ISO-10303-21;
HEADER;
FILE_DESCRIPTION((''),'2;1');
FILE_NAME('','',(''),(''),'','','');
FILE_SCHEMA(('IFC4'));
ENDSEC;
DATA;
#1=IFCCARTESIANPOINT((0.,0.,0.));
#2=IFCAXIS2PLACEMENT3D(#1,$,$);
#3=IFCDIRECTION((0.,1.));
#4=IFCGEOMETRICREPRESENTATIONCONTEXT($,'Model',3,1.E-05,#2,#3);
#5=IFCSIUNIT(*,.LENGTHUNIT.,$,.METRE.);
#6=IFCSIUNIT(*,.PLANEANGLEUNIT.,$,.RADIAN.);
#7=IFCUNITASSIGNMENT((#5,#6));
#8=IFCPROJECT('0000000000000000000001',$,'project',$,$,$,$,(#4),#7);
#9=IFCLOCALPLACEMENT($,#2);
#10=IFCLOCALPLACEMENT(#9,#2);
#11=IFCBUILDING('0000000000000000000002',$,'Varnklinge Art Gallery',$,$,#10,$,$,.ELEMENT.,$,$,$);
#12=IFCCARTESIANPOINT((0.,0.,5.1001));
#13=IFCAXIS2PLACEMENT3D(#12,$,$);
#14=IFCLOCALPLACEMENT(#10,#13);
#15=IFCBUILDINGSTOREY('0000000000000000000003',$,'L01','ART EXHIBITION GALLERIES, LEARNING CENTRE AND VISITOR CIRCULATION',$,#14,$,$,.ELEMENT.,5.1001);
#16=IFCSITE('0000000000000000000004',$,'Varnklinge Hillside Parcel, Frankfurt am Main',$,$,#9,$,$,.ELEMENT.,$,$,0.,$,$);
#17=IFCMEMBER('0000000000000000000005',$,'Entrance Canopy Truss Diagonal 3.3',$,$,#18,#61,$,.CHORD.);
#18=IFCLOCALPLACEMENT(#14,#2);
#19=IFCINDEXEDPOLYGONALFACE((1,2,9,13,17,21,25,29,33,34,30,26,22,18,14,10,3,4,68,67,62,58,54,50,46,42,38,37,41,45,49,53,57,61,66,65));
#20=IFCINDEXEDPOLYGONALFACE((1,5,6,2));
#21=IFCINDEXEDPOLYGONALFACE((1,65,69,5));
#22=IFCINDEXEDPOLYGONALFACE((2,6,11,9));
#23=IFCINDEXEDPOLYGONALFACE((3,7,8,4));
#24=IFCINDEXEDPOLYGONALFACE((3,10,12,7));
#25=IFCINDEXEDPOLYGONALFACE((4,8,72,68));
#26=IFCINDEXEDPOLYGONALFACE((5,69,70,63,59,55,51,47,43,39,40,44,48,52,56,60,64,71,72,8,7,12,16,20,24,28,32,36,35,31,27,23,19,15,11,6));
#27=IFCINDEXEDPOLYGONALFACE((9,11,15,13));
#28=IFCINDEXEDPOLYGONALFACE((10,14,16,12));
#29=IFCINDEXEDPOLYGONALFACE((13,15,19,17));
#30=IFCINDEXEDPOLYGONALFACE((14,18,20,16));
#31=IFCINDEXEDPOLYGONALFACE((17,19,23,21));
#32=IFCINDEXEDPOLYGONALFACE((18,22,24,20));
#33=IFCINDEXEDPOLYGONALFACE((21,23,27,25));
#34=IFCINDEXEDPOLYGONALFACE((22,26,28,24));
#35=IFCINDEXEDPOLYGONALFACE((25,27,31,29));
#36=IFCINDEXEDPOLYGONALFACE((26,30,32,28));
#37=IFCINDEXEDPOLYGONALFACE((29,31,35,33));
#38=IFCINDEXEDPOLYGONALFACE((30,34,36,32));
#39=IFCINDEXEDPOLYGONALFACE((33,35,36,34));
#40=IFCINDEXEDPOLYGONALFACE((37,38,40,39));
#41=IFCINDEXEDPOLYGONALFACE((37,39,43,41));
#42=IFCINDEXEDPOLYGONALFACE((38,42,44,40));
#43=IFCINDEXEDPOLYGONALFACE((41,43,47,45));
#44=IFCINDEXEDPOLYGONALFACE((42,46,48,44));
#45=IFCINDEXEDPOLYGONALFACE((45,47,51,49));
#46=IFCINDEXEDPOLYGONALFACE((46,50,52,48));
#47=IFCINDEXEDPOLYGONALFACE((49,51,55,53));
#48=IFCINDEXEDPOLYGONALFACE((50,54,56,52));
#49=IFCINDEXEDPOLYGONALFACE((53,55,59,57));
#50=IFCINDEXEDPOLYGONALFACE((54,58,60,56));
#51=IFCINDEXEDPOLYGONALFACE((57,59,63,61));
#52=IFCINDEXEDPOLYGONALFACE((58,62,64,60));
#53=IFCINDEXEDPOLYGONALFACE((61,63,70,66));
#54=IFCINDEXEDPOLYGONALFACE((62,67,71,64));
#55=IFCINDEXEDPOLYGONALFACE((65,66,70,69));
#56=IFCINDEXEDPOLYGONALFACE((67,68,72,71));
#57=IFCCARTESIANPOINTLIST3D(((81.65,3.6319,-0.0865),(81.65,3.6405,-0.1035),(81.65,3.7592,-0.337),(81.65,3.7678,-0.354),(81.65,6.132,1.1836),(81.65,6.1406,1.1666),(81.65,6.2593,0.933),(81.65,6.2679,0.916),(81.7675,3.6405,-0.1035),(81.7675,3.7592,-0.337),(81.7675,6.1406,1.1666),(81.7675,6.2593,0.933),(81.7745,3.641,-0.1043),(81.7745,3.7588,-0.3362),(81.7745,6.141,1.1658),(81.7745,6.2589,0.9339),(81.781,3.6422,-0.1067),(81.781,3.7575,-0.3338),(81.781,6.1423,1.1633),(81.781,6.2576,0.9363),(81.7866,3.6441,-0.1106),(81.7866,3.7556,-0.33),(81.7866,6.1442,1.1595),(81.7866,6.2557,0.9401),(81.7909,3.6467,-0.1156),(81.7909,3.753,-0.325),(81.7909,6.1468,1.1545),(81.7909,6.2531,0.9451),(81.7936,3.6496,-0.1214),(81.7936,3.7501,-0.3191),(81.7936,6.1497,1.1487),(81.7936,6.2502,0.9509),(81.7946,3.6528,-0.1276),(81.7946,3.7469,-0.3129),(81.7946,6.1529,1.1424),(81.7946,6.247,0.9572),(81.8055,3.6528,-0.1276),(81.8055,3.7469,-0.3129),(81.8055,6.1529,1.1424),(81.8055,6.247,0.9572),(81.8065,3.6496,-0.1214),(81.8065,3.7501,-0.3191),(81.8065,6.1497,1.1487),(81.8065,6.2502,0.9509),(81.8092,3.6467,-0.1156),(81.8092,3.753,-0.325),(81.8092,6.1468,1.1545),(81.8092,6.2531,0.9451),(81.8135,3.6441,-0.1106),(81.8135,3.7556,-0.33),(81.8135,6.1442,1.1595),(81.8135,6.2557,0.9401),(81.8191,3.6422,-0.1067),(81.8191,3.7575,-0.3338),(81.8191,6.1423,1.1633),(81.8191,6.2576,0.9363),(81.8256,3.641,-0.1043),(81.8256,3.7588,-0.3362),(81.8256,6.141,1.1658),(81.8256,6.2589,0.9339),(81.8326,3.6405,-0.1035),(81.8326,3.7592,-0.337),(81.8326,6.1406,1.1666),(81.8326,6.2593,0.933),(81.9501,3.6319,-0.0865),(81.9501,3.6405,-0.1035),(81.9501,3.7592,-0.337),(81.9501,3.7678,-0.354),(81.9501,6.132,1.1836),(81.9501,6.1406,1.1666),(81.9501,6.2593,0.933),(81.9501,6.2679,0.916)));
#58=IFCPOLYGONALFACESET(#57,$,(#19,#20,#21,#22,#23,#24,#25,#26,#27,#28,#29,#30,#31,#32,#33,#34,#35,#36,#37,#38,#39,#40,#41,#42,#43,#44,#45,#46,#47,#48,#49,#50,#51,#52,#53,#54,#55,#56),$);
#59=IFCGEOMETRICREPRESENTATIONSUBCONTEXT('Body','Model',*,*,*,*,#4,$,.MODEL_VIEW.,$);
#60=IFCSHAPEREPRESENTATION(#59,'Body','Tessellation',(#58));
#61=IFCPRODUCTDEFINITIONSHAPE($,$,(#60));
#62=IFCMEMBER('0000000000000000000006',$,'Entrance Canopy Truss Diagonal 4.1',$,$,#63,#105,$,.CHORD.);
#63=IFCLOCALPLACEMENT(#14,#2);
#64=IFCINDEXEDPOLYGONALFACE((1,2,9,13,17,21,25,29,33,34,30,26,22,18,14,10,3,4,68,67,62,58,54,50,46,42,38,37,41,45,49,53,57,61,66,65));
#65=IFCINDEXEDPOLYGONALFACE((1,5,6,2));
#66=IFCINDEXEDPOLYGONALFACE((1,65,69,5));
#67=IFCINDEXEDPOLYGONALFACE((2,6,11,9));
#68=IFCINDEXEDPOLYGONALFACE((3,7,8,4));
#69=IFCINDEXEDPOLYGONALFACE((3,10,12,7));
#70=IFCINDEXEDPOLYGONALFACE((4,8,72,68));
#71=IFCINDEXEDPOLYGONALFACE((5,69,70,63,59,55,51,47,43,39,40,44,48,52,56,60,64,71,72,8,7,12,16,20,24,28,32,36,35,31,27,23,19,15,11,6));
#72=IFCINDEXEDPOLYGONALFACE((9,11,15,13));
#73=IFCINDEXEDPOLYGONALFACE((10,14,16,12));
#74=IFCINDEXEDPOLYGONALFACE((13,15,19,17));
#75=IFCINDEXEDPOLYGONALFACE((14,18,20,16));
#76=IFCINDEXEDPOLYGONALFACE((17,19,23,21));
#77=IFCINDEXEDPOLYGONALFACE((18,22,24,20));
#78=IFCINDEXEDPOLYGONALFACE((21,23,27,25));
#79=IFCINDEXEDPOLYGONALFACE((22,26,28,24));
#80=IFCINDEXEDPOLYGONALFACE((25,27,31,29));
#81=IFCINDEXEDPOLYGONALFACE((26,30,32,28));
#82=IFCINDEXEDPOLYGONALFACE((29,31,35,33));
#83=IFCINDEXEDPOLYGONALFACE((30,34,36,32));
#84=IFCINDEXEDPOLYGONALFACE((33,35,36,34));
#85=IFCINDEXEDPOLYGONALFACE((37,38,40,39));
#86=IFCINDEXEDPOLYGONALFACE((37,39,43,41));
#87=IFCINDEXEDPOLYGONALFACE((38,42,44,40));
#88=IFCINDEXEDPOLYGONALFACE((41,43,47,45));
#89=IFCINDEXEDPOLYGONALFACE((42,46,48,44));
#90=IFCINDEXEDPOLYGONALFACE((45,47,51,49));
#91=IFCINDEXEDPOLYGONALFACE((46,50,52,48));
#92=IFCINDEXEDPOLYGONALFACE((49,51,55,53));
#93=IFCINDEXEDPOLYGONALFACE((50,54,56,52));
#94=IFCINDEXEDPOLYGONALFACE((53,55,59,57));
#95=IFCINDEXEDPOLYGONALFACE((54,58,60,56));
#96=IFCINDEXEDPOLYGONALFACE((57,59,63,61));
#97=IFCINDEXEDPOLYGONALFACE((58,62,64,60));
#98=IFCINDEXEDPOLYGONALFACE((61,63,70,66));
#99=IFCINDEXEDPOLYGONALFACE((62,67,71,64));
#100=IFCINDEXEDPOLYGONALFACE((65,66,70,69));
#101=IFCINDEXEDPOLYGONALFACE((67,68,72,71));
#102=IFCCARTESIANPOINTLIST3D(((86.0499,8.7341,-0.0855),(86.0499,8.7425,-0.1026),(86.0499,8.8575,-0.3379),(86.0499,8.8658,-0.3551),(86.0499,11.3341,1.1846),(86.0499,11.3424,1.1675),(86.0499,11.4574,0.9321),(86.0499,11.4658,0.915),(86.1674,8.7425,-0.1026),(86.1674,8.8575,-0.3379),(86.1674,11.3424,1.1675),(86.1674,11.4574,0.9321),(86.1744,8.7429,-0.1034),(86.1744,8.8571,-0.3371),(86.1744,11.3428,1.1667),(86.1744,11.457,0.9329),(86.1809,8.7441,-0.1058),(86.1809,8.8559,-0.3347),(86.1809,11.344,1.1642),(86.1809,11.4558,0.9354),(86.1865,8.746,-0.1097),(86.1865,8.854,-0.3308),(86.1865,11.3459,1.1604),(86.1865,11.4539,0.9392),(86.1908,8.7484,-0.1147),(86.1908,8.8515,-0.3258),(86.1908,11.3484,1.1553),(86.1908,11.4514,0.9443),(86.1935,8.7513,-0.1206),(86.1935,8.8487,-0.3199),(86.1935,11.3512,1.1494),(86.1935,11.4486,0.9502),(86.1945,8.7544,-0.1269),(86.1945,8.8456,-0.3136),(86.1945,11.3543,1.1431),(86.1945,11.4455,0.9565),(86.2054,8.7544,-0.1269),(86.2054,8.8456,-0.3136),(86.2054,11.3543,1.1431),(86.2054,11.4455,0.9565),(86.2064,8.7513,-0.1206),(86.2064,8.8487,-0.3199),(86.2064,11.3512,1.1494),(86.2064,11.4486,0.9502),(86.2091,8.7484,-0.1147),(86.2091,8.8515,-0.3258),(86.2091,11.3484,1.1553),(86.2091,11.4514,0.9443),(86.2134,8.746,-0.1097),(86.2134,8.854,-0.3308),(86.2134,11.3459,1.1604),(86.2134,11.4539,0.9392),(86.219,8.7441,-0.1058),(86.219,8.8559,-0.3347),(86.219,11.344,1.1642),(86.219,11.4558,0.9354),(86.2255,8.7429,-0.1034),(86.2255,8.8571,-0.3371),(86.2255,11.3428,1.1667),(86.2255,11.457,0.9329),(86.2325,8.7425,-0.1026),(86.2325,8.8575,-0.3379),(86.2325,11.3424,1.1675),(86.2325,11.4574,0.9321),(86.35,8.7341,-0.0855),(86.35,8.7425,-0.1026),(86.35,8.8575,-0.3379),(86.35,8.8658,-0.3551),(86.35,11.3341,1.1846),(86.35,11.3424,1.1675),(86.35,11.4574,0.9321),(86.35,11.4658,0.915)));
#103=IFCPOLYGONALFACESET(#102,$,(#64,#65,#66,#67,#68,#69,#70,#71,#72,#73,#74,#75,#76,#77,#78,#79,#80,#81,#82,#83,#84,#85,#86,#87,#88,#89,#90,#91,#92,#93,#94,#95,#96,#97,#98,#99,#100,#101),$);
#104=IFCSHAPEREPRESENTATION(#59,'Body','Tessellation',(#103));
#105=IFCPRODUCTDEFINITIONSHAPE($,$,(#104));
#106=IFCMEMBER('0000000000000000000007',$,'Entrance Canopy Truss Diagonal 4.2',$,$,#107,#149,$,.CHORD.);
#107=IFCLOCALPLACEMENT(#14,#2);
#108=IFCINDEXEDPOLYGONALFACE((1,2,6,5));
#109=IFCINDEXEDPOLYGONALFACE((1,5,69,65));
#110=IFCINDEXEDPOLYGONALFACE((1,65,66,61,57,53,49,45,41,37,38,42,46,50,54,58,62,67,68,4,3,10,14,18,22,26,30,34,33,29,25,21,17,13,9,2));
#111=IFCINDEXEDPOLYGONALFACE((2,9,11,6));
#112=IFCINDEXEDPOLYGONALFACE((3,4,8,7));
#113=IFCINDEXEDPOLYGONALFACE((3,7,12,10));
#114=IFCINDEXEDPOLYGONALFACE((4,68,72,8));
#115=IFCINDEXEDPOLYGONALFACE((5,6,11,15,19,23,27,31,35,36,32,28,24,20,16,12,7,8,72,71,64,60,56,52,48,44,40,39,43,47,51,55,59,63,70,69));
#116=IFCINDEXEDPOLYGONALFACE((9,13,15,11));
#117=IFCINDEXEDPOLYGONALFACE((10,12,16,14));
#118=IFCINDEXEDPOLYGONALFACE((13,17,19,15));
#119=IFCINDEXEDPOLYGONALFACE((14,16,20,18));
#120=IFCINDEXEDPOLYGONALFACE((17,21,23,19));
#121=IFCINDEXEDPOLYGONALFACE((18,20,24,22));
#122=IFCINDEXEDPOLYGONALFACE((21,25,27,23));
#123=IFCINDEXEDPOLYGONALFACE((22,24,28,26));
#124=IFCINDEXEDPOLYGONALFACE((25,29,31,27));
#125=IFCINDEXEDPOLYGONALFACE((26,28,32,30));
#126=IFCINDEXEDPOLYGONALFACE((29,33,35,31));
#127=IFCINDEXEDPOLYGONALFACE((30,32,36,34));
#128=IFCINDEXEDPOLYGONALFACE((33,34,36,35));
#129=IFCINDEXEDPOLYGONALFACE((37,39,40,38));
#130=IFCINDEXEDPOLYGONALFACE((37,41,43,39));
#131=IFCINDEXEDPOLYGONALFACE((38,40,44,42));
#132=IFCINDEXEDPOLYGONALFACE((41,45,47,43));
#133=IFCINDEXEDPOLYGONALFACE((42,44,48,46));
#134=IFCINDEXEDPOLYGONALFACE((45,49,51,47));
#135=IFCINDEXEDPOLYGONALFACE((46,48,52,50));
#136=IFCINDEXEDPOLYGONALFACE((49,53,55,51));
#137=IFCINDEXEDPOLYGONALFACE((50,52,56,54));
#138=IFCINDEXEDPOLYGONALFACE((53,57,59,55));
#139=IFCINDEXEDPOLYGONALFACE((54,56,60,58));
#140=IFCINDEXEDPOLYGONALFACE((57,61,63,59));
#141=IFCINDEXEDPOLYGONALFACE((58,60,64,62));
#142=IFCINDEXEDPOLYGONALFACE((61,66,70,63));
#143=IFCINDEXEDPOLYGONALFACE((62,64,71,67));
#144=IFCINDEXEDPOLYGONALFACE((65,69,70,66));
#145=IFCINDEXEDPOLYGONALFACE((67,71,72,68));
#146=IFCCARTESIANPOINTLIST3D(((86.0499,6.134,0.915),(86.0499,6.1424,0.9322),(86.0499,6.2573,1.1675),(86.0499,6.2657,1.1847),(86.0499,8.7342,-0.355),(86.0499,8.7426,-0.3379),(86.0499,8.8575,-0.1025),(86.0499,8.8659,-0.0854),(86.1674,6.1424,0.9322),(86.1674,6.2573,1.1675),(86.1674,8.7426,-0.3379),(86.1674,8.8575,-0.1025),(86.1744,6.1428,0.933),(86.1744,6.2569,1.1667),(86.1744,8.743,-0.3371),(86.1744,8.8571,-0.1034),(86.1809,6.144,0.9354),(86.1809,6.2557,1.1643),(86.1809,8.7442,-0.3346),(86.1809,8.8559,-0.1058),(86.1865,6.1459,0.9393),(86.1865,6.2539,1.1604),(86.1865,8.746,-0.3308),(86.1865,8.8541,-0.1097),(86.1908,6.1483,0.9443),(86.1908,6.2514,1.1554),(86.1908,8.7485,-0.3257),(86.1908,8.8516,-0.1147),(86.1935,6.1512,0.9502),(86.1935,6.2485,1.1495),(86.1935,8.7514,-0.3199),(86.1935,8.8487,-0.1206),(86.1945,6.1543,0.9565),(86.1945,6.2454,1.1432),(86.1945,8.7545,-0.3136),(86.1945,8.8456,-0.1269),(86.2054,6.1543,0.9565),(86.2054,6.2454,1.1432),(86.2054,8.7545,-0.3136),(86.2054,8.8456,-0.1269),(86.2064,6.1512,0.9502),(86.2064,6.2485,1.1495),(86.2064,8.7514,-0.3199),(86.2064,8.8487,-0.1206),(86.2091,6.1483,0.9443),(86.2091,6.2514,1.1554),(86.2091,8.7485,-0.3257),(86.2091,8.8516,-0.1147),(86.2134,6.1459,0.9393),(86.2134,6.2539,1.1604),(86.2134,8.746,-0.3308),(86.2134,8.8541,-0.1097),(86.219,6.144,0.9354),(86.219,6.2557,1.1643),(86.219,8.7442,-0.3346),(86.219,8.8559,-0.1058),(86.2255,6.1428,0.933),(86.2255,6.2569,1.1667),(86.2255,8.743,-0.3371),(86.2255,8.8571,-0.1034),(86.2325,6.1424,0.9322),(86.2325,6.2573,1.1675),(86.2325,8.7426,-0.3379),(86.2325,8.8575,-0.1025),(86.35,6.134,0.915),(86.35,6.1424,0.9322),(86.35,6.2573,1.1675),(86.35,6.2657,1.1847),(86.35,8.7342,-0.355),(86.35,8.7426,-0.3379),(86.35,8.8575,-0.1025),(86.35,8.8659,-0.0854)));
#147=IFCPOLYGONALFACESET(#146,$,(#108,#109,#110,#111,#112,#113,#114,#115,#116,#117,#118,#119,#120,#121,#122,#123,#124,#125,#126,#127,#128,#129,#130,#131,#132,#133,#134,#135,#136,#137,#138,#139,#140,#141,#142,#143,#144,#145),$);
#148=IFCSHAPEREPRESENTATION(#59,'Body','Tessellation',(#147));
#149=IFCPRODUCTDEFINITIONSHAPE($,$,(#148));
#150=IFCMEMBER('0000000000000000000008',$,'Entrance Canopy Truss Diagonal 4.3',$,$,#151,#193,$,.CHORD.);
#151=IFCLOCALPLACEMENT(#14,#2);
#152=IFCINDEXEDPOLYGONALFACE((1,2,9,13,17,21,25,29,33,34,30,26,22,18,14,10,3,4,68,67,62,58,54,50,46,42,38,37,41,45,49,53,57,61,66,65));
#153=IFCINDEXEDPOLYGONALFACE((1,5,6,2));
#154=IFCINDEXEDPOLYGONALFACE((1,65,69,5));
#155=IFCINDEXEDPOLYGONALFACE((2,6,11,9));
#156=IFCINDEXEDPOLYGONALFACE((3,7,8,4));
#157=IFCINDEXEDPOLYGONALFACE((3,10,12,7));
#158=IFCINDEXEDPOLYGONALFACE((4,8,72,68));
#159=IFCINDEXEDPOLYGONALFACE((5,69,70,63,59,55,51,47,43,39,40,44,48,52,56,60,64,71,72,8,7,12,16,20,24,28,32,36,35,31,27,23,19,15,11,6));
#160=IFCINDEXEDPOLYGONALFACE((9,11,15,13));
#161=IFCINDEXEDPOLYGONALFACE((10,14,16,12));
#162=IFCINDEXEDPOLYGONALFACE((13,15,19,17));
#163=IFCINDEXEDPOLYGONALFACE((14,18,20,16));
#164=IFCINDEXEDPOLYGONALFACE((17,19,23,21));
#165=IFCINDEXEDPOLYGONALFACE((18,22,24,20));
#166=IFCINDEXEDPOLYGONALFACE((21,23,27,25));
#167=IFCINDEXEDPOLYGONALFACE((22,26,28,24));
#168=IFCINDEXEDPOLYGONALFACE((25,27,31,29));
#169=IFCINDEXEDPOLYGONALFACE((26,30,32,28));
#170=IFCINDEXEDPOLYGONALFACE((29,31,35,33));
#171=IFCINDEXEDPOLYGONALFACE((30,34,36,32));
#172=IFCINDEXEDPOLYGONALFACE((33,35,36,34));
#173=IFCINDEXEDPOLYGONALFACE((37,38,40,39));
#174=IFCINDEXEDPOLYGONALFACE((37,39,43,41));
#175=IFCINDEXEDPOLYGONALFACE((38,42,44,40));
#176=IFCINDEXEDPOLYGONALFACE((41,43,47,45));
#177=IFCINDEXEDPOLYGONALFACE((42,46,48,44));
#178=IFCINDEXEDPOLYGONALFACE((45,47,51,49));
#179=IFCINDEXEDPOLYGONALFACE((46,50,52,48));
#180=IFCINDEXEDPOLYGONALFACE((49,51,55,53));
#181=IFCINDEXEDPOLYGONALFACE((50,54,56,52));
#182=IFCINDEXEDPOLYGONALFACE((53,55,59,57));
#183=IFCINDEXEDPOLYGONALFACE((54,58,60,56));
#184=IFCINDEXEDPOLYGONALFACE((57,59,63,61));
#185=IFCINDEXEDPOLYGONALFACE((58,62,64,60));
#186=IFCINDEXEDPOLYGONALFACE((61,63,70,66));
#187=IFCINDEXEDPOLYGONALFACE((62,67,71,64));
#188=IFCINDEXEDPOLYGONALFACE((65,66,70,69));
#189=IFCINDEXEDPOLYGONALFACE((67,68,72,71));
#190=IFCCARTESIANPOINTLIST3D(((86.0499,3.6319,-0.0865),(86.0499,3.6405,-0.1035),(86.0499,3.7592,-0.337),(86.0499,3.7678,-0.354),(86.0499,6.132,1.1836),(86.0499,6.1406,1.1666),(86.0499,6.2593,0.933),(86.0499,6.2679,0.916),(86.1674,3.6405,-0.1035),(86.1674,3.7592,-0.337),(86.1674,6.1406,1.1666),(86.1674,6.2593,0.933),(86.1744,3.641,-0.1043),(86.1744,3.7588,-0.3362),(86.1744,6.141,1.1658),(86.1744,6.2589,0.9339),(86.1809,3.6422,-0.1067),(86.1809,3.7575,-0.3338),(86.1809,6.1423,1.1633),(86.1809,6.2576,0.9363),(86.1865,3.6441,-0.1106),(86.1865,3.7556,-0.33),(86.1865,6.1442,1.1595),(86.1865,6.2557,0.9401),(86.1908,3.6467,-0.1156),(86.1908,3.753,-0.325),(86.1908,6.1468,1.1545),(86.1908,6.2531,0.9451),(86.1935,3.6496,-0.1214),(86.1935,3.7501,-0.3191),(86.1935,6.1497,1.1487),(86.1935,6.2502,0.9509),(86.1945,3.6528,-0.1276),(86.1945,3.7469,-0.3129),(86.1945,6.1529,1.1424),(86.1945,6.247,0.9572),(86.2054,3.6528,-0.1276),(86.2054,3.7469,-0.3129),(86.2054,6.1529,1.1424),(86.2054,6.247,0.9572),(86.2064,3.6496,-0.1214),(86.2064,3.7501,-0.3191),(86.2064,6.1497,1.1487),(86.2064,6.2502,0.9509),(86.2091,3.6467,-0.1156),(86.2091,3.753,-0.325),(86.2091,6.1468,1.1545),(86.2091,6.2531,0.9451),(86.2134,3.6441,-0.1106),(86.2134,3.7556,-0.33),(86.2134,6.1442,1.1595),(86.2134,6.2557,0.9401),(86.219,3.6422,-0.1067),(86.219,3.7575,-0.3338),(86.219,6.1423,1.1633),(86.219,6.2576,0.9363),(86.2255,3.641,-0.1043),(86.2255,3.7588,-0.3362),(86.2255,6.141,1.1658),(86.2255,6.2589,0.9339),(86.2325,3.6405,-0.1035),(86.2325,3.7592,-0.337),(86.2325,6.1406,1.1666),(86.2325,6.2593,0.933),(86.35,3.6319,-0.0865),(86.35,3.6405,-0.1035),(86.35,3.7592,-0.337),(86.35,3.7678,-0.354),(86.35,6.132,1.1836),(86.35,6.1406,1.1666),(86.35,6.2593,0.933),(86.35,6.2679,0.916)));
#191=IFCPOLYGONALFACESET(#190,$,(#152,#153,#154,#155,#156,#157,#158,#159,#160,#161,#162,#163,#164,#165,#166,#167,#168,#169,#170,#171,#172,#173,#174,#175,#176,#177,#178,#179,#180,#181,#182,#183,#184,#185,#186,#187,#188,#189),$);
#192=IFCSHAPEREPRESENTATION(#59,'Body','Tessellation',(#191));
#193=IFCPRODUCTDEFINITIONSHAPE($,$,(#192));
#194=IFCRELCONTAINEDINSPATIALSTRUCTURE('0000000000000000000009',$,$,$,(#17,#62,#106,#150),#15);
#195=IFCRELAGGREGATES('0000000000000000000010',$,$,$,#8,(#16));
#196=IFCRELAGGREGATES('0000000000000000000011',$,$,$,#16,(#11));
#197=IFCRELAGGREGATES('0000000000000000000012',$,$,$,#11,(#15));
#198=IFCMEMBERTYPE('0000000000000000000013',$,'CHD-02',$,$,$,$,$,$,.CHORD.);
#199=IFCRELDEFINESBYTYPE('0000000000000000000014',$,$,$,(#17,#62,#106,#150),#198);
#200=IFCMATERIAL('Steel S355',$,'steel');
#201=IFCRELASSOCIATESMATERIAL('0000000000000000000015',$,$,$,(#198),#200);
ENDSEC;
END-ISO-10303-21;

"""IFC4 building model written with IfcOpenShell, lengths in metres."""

from ifc_helpers import new_model, si_unit, direction, frame, origin, origin_2d, place, context, subcontext, project, spatial, i_section, extrude, material, material_profile, profile_set, type_object, element, save


model = new_model("IFC4")

# Units and contexts
model_context = context("Model", 3, precision=1e-05, world=origin(), true_north=direction((0.0, 1.0)))
body_context = subcontext(model_context, "Body", "Model", "MODEL_VIEW")
ifc_project = project(units=[si_unit("LENGTHUNIT", "METRE"), si_unit("PLANEANGLEUNIT", "RADIAN")], contexts=[model_context])

# Site, building, storey
site_placement = place(None, origin())
site = spatial("IfcSite", under=ifc_project, at=site_placement, Name="Varnklinge Hillside Parcel, Frankfurt am Main", CompositionType="ELEMENT", RefElevation=0.0)
building_placement = place(site_placement, origin())
building = spatial("IfcBuilding", under=site, at=building_placement, Name="Varnklinge Art Gallery", CompositionType="ELEMENT")
storey_placement = place(building_placement, frame((0.0, 0.0, 5.1001)))
storey = spatial("IfcBuildingStorey", under=building, at=storey_placement, Name="L01", Description="ART EXHIBITION GALLERIES, LEARNING CENTRE AND VISITOR CIRCULATION", CompositionType="ELEMENT", Elevation=5.1001)

# Members
ifc_material_1 = material(Name="Steel S355", Category="steel")
ifc_material_profile_1 = material_profile(ifc_material_1, i_section(OverallWidth=0.3, OverallDepth=0.3, WebThickness=0.011, FlangeThickness=0.019, FilletRadius=0.0271, at=origin_2d()), Name="HEB 300")
ifc_profile_set_1 = profile_set([ifc_material_profile_1], Name="Steel S355")
member_type_1 = type_object("IfcMemberType", Name="CHD-02", PredefinedType="CHORD", material=ifc_profile_set_1)
member_1_placement = place(storey_placement, frame((81.8, 6.2, 1.0498), z_axis=(0.0, -0.891553, -0.452916), x_axis=(1.0, 0.0, 0.0)))
element("IfcMember", 1, at=member_1_placement, inside=storey, type_object=member_type_1, Name="Entrance Canopy Truss Diagonal 3.3", PredefinedType="CHORD", context=body_context, shape_type="SweptSolid", body=[
    extrude(i_section(OverallWidth=0.3, OverallDepth=0.3, WebThickness=0.011, FlangeThickness=0.019, FilletRadius=0.0271, at=origin_2d()), origin(), (0.0, 0.0, 1.0), 2.8042),
])
member_2_placement = place(storey_placement, frame((86.2, 11.3999, 1.0498), z_axis=(0.0, -0.898523, -0.438926), x_axis=(1.0, 0.0, 0.0)))
element("IfcMember", 2, at=member_2_placement, inside=storey, type_object=member_type_1, Name="Entrance Canopy Truss Diagonal 4.1", PredefinedType="CHORD", context=body_context, shape_type="SweptSolid", body=[
    extrude(i_section(OverallWidth=0.3, OverallDepth=0.3, WebThickness=0.011, FlangeThickness=0.019, FilletRadius=0.0271, at=origin_2d()), origin(), (0.0, 0.0, 1.0), 2.8936),
])
member_3_placement = place(storey_placement, frame((86.2, 8.8, -0.2202), z_axis=(0.0, -0.89854, 0.438892), x_axis=(1.0, 0.0, 0.0)))
element("IfcMember", 3, at=member_3_placement, inside=storey, type_object=member_type_1, Name="Entrance Canopy Truss Diagonal 4.2", PredefinedType="CHORD", context=body_context, shape_type="SweptSolid", body=[
    extrude(i_section(OverallWidth=0.3, OverallDepth=0.3, WebThickness=0.011, FlangeThickness=0.019, FilletRadius=0.0271, at=origin_2d()), origin(), (0.0, 0.0, 1.0), 2.8938),
])
member_4_placement = place(storey_placement, frame((86.2, 6.2, 1.0498), z_axis=(0.0, -0.891553, -0.452916), x_axis=(1.0, 0.0, 0.0)))
element("IfcMember", 4, at=member_4_placement, inside=storey, type_object=member_type_1, Name="Entrance Canopy Truss Diagonal 4.3", PredefinedType="CHORD", context=body_context, shape_type="SweptSolid", body=[
    extrude(i_section(OverallWidth=0.3, OverallDepth=0.3, WebThickness=0.011, FlangeThickness=0.019, FilletRadius=0.0271, at=origin_2d()), origin(), (0.0, 0.0, 1.0), 2.8042),
])

save(model, "model.ifc")
